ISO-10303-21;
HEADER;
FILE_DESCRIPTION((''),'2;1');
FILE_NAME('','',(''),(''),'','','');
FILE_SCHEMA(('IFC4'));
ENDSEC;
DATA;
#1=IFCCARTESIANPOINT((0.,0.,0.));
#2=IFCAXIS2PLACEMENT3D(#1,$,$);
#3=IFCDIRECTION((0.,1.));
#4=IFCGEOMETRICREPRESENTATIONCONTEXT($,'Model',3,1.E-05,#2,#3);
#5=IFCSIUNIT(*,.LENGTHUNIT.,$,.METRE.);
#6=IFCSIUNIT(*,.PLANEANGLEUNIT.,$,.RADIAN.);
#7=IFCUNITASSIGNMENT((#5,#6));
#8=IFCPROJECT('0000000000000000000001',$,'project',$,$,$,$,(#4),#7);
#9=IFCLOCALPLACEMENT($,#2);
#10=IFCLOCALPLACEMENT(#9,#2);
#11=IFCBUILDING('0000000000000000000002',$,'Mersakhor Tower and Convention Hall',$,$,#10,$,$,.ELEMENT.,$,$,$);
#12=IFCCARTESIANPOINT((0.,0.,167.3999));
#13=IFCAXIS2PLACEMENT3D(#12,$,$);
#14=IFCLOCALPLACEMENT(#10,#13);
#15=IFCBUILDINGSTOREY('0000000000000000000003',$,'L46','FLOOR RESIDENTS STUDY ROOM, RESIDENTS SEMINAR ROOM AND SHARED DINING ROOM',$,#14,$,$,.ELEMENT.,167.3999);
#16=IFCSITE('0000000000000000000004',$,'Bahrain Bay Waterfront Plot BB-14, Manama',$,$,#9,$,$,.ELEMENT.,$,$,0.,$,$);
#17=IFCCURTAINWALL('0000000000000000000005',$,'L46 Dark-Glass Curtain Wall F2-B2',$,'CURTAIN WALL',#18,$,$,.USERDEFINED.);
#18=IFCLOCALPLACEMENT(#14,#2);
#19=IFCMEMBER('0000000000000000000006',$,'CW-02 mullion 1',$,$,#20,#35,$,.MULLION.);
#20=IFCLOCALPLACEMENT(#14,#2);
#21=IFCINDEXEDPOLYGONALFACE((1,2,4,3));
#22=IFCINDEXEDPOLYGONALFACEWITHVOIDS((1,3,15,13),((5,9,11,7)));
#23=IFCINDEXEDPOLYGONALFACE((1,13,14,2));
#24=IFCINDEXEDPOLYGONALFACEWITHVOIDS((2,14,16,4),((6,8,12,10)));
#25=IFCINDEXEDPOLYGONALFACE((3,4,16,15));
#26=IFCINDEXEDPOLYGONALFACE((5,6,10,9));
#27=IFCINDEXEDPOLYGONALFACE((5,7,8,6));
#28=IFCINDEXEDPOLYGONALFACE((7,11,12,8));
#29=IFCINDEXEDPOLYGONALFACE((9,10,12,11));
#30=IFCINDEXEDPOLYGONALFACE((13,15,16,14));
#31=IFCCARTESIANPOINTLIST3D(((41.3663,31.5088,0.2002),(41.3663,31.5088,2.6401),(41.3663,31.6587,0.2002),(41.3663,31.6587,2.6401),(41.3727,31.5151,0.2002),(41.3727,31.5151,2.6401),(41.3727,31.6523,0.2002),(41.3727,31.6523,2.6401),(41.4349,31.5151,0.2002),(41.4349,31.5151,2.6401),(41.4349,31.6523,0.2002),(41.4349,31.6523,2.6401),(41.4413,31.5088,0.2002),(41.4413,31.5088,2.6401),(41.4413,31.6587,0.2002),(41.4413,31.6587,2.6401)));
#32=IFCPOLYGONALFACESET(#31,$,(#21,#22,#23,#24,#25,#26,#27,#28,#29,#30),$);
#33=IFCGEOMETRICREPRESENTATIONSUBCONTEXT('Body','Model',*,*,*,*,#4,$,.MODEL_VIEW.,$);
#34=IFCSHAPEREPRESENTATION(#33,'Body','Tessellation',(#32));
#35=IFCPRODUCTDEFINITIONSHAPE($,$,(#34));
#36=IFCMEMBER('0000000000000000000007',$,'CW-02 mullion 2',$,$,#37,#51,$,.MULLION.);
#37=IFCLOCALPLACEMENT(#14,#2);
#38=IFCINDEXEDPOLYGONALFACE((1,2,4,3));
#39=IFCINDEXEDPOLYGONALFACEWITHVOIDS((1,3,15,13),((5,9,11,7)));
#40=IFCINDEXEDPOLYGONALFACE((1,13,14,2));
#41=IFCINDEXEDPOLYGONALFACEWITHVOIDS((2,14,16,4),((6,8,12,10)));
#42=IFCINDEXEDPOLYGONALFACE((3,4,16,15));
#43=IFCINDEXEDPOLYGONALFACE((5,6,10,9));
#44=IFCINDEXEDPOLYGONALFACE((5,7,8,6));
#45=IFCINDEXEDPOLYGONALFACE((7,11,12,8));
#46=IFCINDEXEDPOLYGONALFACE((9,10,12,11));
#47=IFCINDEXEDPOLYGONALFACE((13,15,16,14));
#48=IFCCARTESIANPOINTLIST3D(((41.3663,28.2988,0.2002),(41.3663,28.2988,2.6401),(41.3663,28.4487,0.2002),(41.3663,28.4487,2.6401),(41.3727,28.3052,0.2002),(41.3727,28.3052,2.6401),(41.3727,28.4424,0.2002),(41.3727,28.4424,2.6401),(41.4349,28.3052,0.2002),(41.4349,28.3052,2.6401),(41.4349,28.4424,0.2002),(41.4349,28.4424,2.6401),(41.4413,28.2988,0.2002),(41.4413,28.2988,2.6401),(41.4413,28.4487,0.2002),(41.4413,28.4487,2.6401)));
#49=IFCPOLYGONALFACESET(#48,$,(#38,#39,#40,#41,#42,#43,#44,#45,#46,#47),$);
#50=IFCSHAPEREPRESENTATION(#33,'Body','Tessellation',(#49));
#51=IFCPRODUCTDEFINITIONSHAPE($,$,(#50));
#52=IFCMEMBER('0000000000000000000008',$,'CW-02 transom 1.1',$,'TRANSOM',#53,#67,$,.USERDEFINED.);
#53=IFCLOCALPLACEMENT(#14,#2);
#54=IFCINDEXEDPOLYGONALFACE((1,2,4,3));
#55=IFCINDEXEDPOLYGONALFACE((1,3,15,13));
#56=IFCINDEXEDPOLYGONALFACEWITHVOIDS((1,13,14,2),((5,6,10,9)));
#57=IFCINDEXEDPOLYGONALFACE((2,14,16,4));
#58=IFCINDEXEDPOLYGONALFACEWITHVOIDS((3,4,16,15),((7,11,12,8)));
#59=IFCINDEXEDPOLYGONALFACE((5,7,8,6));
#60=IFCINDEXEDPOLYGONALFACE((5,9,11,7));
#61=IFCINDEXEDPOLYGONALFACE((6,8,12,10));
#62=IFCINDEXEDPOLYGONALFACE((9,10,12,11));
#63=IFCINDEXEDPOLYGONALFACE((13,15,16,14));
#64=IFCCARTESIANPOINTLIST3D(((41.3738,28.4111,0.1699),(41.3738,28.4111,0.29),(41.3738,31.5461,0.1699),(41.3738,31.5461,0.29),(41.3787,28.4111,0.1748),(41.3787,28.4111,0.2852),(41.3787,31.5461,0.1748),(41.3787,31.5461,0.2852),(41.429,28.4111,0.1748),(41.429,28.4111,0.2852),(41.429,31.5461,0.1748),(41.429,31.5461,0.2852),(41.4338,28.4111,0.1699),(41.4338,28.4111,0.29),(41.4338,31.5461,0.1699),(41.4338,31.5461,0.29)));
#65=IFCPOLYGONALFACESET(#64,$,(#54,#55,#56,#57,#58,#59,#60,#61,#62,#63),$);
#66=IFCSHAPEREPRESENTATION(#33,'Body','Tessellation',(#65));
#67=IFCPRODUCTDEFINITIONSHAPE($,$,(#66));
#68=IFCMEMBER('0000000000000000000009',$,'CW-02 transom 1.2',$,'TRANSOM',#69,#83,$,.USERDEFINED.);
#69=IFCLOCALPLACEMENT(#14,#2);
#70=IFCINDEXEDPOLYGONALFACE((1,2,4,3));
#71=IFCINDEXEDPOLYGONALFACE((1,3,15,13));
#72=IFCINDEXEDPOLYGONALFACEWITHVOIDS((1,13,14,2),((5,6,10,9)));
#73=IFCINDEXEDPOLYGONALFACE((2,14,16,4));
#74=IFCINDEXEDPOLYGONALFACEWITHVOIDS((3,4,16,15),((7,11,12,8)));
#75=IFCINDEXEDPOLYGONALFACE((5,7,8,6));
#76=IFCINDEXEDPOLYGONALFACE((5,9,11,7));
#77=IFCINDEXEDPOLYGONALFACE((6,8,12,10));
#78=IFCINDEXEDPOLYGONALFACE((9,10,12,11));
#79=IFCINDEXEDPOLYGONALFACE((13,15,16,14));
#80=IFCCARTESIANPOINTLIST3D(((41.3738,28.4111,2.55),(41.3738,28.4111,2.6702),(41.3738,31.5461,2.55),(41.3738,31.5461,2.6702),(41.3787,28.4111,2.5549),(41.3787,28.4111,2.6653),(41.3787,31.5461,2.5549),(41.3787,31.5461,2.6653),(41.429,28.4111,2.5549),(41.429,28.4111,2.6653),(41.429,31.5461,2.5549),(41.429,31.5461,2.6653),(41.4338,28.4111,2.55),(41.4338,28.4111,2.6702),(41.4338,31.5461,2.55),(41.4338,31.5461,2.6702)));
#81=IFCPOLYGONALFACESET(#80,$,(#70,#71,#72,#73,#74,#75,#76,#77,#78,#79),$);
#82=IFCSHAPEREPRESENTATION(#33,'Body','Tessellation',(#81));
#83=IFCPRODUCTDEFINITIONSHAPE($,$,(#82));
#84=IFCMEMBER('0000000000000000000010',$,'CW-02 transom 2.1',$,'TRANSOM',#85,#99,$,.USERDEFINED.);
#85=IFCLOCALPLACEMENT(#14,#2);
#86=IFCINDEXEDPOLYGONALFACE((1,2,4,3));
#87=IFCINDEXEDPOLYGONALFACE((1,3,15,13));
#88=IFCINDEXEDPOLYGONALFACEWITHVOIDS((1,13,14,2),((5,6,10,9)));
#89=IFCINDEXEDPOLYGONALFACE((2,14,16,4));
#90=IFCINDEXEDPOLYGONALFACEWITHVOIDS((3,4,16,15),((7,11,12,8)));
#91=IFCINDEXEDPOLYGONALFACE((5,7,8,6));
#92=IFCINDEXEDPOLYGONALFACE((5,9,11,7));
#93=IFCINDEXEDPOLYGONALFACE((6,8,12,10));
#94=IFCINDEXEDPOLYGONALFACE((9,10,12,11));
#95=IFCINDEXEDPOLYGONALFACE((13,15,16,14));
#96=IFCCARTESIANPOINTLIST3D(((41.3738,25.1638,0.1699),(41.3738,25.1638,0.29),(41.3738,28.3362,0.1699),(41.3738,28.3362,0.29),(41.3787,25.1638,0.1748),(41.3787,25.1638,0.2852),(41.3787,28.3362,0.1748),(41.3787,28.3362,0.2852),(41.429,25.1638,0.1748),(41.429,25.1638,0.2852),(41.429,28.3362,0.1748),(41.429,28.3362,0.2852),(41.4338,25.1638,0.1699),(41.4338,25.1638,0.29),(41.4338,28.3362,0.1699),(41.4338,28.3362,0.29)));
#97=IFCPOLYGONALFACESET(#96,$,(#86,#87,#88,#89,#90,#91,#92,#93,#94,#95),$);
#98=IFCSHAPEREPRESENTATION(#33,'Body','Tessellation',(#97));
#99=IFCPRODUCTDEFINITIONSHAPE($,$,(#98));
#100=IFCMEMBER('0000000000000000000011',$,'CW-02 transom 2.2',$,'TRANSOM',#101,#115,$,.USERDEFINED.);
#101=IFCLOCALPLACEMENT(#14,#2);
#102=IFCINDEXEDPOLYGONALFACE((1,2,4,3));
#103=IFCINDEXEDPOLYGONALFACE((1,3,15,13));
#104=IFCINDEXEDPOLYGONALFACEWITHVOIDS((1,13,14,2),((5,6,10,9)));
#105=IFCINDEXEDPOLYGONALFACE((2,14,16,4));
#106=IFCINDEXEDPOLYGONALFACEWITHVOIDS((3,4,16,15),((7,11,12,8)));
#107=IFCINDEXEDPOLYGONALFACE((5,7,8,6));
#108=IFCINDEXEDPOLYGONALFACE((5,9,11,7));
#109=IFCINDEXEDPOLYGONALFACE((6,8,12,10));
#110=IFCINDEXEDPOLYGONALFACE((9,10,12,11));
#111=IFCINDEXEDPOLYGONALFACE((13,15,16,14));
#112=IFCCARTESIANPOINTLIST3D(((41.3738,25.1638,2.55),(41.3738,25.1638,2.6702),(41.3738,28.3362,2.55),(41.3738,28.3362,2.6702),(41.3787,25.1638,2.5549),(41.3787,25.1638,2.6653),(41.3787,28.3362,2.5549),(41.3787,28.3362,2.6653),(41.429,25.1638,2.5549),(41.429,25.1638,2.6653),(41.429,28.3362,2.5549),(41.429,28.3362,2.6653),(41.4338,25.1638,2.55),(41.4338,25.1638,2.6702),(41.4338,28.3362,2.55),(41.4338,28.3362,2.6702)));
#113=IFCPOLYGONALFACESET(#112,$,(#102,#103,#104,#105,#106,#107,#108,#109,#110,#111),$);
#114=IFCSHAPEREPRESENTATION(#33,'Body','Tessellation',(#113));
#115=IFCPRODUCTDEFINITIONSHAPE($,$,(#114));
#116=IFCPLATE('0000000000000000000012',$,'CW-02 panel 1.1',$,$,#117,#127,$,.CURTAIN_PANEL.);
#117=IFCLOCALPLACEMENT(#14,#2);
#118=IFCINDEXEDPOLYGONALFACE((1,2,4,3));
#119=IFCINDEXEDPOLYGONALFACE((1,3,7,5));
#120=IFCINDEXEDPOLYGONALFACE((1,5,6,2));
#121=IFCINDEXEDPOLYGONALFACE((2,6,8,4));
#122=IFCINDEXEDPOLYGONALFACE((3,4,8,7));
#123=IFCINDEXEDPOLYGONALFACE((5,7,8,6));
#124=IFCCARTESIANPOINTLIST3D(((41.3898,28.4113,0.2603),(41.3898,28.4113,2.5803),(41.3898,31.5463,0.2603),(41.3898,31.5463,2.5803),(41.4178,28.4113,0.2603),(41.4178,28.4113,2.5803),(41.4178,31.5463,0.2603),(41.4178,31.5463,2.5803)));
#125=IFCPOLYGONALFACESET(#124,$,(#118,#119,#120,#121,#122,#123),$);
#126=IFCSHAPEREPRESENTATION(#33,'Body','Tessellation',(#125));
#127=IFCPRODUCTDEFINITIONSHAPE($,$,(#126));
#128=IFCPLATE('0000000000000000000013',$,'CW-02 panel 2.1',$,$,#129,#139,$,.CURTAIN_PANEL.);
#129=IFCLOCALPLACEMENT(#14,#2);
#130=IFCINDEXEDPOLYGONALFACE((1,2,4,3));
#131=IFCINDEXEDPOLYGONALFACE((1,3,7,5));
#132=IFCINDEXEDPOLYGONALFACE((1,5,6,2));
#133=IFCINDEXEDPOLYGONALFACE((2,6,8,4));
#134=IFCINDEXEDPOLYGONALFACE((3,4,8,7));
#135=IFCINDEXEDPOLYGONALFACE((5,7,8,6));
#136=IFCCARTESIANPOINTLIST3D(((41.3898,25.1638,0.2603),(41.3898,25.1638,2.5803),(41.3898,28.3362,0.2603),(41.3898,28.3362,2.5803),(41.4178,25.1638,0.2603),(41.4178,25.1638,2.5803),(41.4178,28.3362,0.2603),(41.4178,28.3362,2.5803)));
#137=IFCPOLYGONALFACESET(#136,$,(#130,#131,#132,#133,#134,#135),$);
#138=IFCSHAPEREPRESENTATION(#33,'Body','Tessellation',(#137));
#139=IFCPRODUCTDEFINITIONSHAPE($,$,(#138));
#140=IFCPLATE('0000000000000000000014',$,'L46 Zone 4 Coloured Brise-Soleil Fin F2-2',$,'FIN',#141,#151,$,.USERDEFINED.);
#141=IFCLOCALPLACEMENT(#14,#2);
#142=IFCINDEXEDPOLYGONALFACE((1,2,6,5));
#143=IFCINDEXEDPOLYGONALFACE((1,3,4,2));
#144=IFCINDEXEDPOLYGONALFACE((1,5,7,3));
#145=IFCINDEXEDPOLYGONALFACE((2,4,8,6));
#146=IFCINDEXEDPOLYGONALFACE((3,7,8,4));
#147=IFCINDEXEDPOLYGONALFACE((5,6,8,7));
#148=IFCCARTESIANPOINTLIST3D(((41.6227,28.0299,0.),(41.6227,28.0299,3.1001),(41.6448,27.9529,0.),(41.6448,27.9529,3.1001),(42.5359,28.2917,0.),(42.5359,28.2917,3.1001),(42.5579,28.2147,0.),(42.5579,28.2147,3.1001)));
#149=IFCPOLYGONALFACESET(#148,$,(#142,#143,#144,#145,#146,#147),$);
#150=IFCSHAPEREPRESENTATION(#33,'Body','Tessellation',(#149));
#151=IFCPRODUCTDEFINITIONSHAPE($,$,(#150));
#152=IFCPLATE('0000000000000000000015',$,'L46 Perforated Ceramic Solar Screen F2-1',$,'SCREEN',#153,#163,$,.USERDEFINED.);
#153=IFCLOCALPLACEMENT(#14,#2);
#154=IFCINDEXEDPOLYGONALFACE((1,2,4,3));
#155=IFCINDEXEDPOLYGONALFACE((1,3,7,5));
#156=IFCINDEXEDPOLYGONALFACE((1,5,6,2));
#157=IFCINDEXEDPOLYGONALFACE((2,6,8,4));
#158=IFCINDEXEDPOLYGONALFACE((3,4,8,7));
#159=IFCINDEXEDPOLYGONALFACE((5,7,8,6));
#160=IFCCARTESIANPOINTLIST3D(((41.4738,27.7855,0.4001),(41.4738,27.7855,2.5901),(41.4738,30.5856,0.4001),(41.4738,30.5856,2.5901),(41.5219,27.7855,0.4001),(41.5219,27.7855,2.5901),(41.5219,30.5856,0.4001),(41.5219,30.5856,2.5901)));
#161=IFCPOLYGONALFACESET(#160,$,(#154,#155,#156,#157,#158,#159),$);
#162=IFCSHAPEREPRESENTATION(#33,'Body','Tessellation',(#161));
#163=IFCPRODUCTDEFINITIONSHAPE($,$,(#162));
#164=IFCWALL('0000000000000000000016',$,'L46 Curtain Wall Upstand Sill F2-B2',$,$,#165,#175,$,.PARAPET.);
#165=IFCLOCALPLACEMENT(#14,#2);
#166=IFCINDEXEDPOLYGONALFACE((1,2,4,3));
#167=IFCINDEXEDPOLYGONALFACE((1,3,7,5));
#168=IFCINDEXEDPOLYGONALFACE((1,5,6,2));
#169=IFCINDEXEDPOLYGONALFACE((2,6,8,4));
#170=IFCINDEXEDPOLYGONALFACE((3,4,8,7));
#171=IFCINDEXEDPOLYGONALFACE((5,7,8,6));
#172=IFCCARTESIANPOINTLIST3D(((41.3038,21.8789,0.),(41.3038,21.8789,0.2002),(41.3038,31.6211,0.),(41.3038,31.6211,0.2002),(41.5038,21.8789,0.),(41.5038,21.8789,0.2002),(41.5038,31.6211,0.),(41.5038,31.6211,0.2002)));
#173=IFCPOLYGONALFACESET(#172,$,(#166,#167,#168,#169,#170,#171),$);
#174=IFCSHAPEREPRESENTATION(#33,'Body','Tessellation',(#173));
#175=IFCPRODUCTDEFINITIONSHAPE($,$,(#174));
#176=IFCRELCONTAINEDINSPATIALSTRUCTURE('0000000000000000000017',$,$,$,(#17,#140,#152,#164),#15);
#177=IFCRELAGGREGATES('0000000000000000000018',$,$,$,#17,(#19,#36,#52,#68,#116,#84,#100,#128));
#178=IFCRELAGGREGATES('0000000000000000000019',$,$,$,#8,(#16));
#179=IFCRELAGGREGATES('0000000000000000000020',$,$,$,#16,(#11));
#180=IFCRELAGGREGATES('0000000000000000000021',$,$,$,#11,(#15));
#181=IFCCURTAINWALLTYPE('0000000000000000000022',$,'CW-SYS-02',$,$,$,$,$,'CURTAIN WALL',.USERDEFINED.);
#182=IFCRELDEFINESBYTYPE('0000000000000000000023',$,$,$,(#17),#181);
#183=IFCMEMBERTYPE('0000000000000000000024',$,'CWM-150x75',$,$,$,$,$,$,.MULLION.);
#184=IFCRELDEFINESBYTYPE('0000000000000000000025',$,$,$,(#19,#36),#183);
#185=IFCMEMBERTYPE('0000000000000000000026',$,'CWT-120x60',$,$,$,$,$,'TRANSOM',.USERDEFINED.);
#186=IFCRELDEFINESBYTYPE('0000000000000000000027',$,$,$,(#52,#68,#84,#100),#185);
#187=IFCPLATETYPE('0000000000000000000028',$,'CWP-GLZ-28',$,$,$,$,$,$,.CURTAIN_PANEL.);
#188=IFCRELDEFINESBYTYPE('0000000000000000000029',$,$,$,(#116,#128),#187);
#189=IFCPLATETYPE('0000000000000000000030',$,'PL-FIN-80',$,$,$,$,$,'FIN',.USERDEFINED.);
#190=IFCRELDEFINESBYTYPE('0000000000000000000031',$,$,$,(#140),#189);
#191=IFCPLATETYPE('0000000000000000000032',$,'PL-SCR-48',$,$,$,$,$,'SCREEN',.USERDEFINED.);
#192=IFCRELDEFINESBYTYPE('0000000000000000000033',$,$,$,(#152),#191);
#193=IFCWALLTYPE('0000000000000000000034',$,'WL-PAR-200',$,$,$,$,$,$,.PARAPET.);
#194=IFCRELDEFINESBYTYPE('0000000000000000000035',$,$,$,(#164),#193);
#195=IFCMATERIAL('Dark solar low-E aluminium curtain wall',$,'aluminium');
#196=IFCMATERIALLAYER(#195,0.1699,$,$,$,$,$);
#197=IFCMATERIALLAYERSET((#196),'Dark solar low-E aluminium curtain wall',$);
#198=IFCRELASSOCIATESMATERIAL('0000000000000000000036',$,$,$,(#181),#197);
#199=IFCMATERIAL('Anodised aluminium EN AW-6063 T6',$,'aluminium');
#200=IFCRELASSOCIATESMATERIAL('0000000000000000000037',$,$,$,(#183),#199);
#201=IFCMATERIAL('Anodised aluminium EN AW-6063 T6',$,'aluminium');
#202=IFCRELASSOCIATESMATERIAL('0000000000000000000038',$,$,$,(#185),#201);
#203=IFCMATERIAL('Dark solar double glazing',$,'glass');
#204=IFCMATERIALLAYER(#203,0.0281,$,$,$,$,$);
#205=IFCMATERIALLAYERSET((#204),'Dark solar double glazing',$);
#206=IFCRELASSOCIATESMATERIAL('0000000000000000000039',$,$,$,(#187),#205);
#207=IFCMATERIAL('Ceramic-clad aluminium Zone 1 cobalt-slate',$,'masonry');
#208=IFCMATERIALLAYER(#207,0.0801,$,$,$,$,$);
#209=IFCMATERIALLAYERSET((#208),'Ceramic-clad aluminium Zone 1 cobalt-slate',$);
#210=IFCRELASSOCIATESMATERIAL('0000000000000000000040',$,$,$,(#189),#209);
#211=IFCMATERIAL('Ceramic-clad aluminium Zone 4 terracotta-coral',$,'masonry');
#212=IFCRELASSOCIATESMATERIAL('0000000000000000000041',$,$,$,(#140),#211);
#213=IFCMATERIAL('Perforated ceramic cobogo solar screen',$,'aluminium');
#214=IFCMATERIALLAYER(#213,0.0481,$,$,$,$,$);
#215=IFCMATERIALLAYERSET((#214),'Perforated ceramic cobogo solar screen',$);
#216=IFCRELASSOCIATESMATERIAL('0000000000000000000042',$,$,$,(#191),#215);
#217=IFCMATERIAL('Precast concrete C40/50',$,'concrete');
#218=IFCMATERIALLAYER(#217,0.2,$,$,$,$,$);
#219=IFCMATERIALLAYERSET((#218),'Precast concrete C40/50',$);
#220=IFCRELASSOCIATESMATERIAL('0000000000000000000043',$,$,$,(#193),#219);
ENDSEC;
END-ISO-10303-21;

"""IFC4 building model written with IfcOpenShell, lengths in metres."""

from ifc_helpers import new_model, si_unit, direction, frame, frame_2d, origin, origin_2d, place, context, subcontext, project, spatial, rectangle, hollow_rectangle, extrude, material, layer, layer_set, material_profile, profile_set, type_object, element, aggregate, save


model = new_model("IFC4")

# Units and contexts
model_context = context("Model", 3, precision=1e-05, world=origin(), true_north=direction((0.0, 1.0)))
body_context = subcontext(model_context, "Body", "Model", "MODEL_VIEW")
ifc_project = project(units=[si_unit("LENGTHUNIT", "METRE"), si_unit("PLANEANGLEUNIT", "RADIAN")], contexts=[model_context])

# Site, building, storey
site_placement = place(None, origin())
site = spatial("IfcSite", under=ifc_project, at=site_placement, Name="Bahrain Bay Waterfront Plot BB-14, Manama", CompositionType="ELEMENT", RefElevation=0.0)
building_placement = place(site_placement, origin())
building = spatial("IfcBuilding", under=site, at=building_placement, Name="Mersakhor Tower and Convention Hall", CompositionType="ELEMENT")
storey_placement = place(building_placement, frame((0.0, 0.0, 167.3999)))
storey = spatial("IfcBuildingStorey", under=building, at=storey_placement, Name="L46", Description="FLOOR RESIDENTS STUDY ROOM, RESIDENTS SEMINAR ROOM AND SHARED DINING ROOM", CompositionType="ELEMENT", Elevation=167.3999)

# Curtain wall, members, plates
ifc_material_1 = material(Name="Dark solar low-E aluminium curtain wall", Category="aluminium")
ifc_layer_1 = layer(ifc_material_1, 0.1699)
ifc_layer_set_1 = layer_set([ifc_layer_1], Name="Dark solar low-E aluminium curtain wall")
curtain_wall_type = type_object("IfcCurtainWallType", Name="CW-SYS-02", ElementType="CURTAIN WALL", PredefinedType="USERDEFINED", material=ifc_layer_set_1)
curtain_wall_placement = place(storey_placement, origin())
curtain_wall = element("IfcCurtainWall", 1, at=curtain_wall_placement, inside=storey, type_object=curtain_wall_type, Name="L46 Dark-Glass Curtain Wall F2-B2", ObjectType="CURTAIN WALL", PredefinedType="USERDEFINED")
ifc_material_2 = material(Name="Anodised aluminium EN AW-6063 T6", Category="aluminium")
ifc_material_profile_1 = material_profile(ifc_material_2, hollow_rectangle(XDim=0.075, YDim=0.1499, WallThickness=0.0063, at=origin_2d()), Name="RHS 150x75x6.3")
ifc_profile_set_1 = profile_set([ifc_material_profile_1], Name="Anodised aluminium EN AW-6063 T6")
member_type_1 = type_object("IfcMemberType", Name="CWM-150x75", PredefinedType="MULLION", material=ifc_profile_set_1)
member_1_placement = place(storey_placement, frame((41.4038, 31.5837, 0.2002), z_axis=(0.0, 0.0, 1.0), x_axis=(1.0, 0.0, 0.0)))
member_1 = element("IfcMember", 2, at=member_1_placement, type_object=member_type_1, Name="CW-02 mullion 1", PredefinedType="MULLION", context=body_context, shape_type="SweptSolid", body=[
    extrude(hollow_rectangle(XDim=0.075, YDim=0.1499, WallThickness=0.0063, at=origin_2d()), origin(), (0.0, 0.0, 1.0), 2.4399),
])
member_2_placement = place(storey_placement, frame((41.4038, 28.3738, 0.2002), z_axis=(0.0, 0.0, 1.0), x_axis=(1.0, 0.0, 0.0)))
member_2 = element("IfcMember", 3, at=member_2_placement, type_object=member_type_1, Name="CW-02 mullion 2", PredefinedType="MULLION", context=body_context, shape_type="SweptSolid", body=[
    extrude(hollow_rectangle(XDim=0.075, YDim=0.1499, WallThickness=0.0063, at=origin_2d()), origin(), (0.0, 0.0, 1.0), 2.4399),
])
ifc_material_3 = material(Name="Anodised aluminium EN AW-6063 T6", Category="aluminium")
ifc_material_profile_2 = material_profile(ifc_material_3, hollow_rectangle(XDim=0.0601, YDim=0.1201, WallThickness=0.0049, at=origin_2d()), Name="RHS 120x60x5")
ifc_profile_set_2 = profile_set([ifc_material_profile_2], Name="Anodised aluminium EN AW-6063 T6")
member_type_2 = type_object("IfcMemberType", Name="CWT-120x60", ElementType="TRANSOM", PredefinedType="USERDEFINED", material=ifc_profile_set_2)
member_3_placement = place(storey_placement, frame((41.4038, 31.5461, 0.23), z_axis=(0.0, -1.0, 0.0), x_axis=(1.0, 0.0, 0.0)))
member_3 = element("IfcMember", 4, at=member_3_placement, type_object=member_type_2, Name="CW-02 transom 1.1", ObjectType="TRANSOM", PredefinedType="USERDEFINED", context=body_context, shape_type="SweptSolid", body=[
    extrude(hollow_rectangle(XDim=0.0601, YDim=0.1201, WallThickness=0.0049, at=origin_2d()), origin(), (0.0, 0.0, 1.0), 3.135),
])
member_4_placement = place(storey_placement, frame((41.4038, 31.5461, 2.6101), z_axis=(0.0, -1.0, 0.0), x_axis=(1.0, 0.0, 0.0)))
member_4 = element("IfcMember", 5, at=member_4_placement, type_object=member_type_2, Name="CW-02 transom 1.2", ObjectType="TRANSOM", PredefinedType="USERDEFINED", context=body_context, shape_type="SweptSolid", body=[
    extrude(hollow_rectangle(XDim=0.0601, YDim=0.1201, WallThickness=0.0049, at=origin_2d()), origin(), (0.0, 0.0, 1.0), 3.135),
])
member_5_placement = place(storey_placement, frame((41.4038, 28.3362, 0.23), z_axis=(0.0, -1.0, 0.0), x_axis=(1.0, 0.0, 0.0)))
member_5 = element("IfcMember", 6, at=member_5_placement, type_object=member_type_2, Name="CW-02 transom 2.1", ObjectType="TRANSOM", PredefinedType="USERDEFINED", context=body_context, shape_type="SweptSolid", body=[
    extrude(hollow_rectangle(XDim=0.0601, YDim=0.1201, WallThickness=0.0049, at=origin_2d()), origin(), (0.0, 0.0, 1.0), 3.1724),
])
member_6_placement = place(storey_placement, frame((41.4038, 28.3362, 2.6101), z_axis=(0.0, -1.0, 0.0), x_axis=(1.0, 0.0, 0.0)))
member_6 = element("IfcMember", 7, at=member_6_placement, type_object=member_type_2, Name="CW-02 transom 2.2", ObjectType="TRANSOM", PredefinedType="USERDEFINED", context=body_context, shape_type="SweptSolid", body=[
    extrude(hollow_rectangle(XDim=0.0601, YDim=0.1201, WallThickness=0.0049, at=origin_2d()), origin(), (0.0, 0.0, 1.0), 3.1724),
])
ifc_material_4 = material(Name="Dark solar double glazing", Category="glass")
ifc_layer_2 = layer(ifc_material_4, 0.0281)
ifc_layer_set_2 = layer_set([ifc_layer_2], Name="Dark solar double glazing")
plate_type_1 = type_object("IfcPlateType", Name="CWP-GLZ-28", PredefinedType="CURTAIN_PANEL", material=ifc_layer_set_2)
plate_1_placement = place(storey_placement, frame((41.4038, 29.9788, 0.2603), z_axis=(0.0, 0.0, 1.0), x_axis=(0.0, -1.0, 0.0)))
plate_1 = element("IfcPlate", 8, at=plate_1_placement, type_object=plate_type_1, Name="CW-02 panel 1.1", PredefinedType="CURTAIN_PANEL", context=body_context, shape_type="SweptSolid", body=[
    extrude(rectangle(XDim=3.135, YDim=0.0281, at=origin_2d()), origin(), (0.0, 0.0, 1.0), 2.3201),
])
plate_2_placement = place(storey_placement, frame((41.4038, 26.75, 0.2603), z_axis=(0.0, 0.0, 1.0), x_axis=(0.0, -1.0, 0.0)))
plate_2 = element("IfcPlate", 9, at=plate_2_placement, type_object=plate_type_1, Name="CW-02 panel 2.1", PredefinedType="CURTAIN_PANEL", context=body_context, shape_type="SweptSolid", body=[
    extrude(rectangle(XDim=3.1724, YDim=0.0281, at=origin_2d()), origin(), (0.0, 0.0, 1.0), 2.3201),
])
aggregate(curtain_wall, [member_1, member_2, member_3, member_4, plate_1, member_5, member_6, plate_2])

# Plates
ifc_material_5 = material(Name="Ceramic-clad aluminium Zone 4 terracotta-coral", Category="masonry")
ifc_material_6 = material(Name="Ceramic-clad aluminium Zone 1 cobalt-slate", Category="masonry")
ifc_layer_3 = layer(ifc_material_6, 0.0801)
ifc_layer_set_3 = layer_set([ifc_layer_3], Name="Ceramic-clad aluminium Zone 1 cobalt-slate")
plate_type_2 = type_object("IfcPlateType", Name="PL-FIN-80", ElementType="FIN", PredefinedType="USERDEFINED", material=ifc_layer_set_3)
plate_3_placement = place(storey_placement, frame((42.0903, 28.1223, 0.0), z_axis=(0.0, 0.0, 1.0), x_axis=(0.961262, 0.275637, 0.0)))
element("IfcPlate", 10, at=plate_3_placement, inside=storey, type_object=plate_type_2, material=ifc_material_5, Name="L46 Zone 4 Coloured Brise-Soleil Fin F2-2", ObjectType="FIN", PredefinedType="USERDEFINED", context=body_context, shape_type="SweptSolid", body=[
    extrude(rectangle(XDim=0.95, YDim=0.0801, at=origin_2d()), origin(), (0.0, 0.0, 1.0), 3.1001),
])
ifc_material_7 = material(Name="Perforated ceramic cobogo solar screen", Category="aluminium")
ifc_layer_4 = layer(ifc_material_7, 0.0481)
ifc_layer_set_4 = layer_set([ifc_layer_4], Name="Perforated ceramic cobogo solar screen")
plate_type_3 = type_object("IfcPlateType", Name="PL-SCR-48", ElementType="SCREEN", PredefinedType="USERDEFINED", material=ifc_layer_set_4)
plate_4_placement = place(storey_placement, frame((41.4978, 29.1855, 0.4001), z_axis=(0.0, 0.0, 1.0), x_axis=(0.0, -1.0, 0.0)))
element("IfcPlate", 11, at=plate_4_placement, inside=storey, type_object=plate_type_3, Name="L46 Perforated Ceramic Solar Screen F2-1", ObjectType="SCREEN", PredefinedType="USERDEFINED", context=body_context, shape_type="SweptSolid", body=[
    extrude(rectangle(XDim=2.8, YDim=0.0481, at=origin_2d()), origin(), (0.0, 0.0, 1.0), 2.1899),
])

# Wall
ifc_material_8 = material(Name="Precast concrete C40/50", Category="concrete")
ifc_layer_5 = layer(ifc_material_8, 0.2)
ifc_layer_set_5 = layer_set([ifc_layer_5], Name="Precast concrete C40/50")
wall_type_1 = type_object("IfcWallType", Name="WL-PAR-200", PredefinedType="PARAPET", material=ifc_layer_set_5)
wall_1_placement = place(storey_placement, frame((41.4038, 31.6211, 0.0), z_axis=(0.0, 0.0, 1.0), x_axis=(0.0, -1.0, 0.0)))
element("IfcWall", 12, at=wall_1_placement, inside=storey, type_object=wall_type_1, Name="L46 Curtain Wall Upstand Sill F2-B2", PredefinedType="PARAPET", context=body_context, shape_type="SweptSolid", body=[
    extrude(rectangle(XDim=9.7422, YDim=0.2, at=frame_2d((4.8711, 0.0))), origin(), (0.0, 0.0, 1.0), 0.2002),
])

save(model, "model.ifc")
